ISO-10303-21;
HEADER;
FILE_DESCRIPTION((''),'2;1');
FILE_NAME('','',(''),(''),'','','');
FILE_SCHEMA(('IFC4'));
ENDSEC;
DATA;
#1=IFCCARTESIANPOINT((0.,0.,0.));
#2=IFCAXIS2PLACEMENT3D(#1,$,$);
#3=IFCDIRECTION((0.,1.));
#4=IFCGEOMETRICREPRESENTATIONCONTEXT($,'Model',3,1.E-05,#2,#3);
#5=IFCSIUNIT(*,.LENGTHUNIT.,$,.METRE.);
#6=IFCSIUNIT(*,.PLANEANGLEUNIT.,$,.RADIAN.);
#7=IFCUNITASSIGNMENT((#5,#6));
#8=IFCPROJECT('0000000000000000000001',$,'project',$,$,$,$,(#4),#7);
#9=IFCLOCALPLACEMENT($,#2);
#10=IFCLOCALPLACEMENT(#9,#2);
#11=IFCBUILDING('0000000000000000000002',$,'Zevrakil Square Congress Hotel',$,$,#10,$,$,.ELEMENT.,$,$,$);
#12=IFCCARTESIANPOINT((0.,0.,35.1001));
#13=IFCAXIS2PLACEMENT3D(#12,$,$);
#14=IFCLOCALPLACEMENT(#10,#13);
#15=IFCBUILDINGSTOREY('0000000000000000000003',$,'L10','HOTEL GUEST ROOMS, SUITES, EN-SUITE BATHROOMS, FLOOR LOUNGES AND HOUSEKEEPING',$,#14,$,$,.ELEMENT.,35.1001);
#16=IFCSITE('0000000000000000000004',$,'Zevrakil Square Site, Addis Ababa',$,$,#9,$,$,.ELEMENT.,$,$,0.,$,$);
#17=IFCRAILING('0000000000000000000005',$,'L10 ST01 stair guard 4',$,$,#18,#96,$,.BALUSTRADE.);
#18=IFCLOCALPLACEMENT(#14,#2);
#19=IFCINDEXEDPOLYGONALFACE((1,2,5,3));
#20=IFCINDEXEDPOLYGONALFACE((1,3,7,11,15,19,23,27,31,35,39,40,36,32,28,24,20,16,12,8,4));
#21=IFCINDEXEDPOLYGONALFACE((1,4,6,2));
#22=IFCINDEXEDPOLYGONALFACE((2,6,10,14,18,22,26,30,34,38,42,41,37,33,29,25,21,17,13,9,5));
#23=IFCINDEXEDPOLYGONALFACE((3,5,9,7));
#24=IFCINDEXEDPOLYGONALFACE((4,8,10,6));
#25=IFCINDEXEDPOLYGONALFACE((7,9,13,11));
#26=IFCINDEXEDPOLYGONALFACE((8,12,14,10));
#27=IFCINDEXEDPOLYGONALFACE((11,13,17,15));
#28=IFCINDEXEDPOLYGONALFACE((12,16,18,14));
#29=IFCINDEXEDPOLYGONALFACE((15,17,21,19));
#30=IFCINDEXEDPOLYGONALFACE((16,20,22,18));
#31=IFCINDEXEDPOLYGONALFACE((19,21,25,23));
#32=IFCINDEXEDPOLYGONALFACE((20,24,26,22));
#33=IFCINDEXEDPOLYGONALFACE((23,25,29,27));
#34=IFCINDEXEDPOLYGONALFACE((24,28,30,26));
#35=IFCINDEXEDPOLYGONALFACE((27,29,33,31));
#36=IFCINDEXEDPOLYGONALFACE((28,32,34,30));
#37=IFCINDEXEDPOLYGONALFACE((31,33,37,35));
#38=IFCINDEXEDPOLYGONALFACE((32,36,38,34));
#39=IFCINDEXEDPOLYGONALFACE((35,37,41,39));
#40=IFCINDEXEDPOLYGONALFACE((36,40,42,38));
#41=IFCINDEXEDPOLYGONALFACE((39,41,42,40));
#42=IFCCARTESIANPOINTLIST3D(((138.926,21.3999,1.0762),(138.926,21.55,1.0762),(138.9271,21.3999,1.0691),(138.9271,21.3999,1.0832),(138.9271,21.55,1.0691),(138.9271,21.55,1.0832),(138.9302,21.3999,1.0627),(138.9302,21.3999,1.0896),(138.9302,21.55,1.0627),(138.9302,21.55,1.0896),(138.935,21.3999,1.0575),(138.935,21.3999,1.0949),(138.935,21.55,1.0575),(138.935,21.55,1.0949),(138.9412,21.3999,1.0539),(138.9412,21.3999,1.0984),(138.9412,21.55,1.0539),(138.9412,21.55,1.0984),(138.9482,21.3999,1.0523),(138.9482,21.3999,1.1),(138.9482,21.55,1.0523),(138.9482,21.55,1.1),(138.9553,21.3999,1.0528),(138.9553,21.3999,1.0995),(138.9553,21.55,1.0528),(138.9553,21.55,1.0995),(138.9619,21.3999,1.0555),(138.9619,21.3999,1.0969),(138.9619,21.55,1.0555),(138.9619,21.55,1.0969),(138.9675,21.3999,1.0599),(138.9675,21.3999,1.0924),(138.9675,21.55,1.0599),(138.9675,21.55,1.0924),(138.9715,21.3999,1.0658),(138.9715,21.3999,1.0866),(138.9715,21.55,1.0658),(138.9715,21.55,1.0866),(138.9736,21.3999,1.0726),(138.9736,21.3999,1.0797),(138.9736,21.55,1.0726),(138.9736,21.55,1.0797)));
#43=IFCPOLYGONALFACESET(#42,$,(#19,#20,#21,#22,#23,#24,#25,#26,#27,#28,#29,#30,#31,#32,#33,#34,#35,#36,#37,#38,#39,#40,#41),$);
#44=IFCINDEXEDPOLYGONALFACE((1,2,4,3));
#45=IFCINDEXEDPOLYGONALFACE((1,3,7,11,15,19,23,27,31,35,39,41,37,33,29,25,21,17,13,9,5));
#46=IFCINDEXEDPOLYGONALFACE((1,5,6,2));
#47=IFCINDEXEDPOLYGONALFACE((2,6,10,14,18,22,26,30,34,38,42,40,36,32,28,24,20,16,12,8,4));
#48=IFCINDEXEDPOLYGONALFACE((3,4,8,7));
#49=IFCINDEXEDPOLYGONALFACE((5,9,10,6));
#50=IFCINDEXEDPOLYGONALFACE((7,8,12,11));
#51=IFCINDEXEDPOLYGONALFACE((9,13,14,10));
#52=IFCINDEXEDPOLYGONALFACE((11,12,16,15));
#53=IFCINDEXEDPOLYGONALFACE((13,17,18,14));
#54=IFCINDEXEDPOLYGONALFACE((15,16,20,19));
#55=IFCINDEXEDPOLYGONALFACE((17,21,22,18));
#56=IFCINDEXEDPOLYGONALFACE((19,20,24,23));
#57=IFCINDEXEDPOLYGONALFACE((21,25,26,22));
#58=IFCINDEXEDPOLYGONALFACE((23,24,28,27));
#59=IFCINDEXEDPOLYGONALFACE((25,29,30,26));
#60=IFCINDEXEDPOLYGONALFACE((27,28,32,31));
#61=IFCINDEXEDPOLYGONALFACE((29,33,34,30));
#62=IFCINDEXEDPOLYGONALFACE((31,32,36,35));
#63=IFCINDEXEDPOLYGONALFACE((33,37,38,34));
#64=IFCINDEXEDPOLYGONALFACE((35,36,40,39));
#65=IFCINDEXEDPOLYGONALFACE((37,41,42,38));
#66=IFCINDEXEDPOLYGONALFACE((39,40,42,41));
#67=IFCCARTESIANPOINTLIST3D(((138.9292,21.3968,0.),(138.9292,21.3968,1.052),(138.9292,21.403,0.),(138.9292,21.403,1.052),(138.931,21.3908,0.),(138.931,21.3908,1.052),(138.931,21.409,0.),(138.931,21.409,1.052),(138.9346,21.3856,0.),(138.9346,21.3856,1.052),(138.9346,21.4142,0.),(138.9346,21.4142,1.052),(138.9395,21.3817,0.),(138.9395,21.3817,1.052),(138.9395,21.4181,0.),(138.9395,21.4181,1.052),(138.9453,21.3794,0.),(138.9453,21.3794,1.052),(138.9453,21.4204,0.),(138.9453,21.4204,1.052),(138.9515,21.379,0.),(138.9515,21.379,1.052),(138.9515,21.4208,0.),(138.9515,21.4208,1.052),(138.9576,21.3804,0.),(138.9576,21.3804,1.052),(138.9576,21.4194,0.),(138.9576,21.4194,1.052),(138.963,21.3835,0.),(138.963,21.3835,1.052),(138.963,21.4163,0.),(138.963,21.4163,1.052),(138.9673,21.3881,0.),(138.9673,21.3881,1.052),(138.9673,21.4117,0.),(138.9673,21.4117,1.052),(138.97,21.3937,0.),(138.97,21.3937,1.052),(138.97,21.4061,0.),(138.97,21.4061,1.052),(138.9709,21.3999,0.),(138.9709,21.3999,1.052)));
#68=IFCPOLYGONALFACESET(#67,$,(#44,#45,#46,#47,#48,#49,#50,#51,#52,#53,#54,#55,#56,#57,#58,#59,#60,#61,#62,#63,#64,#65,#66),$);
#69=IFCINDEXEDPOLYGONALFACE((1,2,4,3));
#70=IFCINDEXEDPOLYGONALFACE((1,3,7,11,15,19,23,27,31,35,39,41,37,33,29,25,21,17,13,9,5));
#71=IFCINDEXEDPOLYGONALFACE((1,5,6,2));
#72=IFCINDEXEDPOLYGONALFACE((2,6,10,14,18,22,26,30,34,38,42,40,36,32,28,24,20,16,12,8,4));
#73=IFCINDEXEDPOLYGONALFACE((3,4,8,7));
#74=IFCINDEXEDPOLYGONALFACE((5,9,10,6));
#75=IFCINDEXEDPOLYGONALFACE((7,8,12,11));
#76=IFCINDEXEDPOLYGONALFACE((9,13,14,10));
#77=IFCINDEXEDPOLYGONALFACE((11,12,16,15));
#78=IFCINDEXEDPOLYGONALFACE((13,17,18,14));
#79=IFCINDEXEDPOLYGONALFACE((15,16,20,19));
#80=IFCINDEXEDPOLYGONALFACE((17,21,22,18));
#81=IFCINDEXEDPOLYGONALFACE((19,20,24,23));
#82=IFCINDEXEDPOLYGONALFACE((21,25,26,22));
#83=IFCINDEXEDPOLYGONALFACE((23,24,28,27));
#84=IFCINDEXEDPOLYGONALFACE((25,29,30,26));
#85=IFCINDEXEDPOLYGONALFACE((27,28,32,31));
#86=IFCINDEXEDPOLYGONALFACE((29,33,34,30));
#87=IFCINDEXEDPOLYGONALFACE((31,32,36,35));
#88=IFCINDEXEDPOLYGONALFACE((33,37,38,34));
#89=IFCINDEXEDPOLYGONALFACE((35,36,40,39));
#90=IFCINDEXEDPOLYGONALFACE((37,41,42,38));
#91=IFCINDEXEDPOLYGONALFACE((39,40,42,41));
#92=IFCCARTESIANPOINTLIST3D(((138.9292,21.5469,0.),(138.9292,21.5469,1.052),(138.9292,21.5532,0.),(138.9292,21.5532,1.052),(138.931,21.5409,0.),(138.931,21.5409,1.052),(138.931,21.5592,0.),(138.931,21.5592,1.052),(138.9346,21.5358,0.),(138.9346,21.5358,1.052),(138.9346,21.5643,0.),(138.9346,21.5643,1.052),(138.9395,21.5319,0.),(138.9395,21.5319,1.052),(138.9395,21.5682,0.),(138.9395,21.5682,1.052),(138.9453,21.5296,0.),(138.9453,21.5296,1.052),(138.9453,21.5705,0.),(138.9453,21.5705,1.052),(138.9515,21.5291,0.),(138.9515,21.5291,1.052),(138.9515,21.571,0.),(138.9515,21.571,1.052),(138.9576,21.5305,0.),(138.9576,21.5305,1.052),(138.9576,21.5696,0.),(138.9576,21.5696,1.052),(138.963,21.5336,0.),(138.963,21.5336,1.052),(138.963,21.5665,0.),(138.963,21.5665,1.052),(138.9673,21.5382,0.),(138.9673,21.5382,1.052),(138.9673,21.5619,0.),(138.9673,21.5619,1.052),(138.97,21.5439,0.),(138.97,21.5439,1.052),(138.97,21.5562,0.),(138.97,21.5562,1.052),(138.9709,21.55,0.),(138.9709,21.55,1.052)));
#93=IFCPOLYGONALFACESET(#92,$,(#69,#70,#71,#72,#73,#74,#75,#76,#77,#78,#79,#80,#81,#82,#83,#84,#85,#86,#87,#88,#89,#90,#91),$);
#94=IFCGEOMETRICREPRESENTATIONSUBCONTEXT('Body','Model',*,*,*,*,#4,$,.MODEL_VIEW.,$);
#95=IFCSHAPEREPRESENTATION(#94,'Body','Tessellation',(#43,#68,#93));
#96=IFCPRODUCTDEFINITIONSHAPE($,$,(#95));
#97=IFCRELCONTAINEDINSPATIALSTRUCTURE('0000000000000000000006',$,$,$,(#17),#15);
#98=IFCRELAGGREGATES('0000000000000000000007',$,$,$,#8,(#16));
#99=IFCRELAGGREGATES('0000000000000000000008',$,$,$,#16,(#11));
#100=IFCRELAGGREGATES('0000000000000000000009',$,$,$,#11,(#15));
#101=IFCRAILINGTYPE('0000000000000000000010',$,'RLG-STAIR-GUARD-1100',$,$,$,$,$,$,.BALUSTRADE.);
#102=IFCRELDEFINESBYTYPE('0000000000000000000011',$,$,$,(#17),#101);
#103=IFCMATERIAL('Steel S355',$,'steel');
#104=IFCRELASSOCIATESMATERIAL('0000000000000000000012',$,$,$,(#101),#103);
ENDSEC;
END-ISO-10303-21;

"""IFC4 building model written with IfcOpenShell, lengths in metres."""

from ifc_helpers import new_model, si_unit, direction, frame, origin, origin_2d, place, context, subcontext, project, spatial, circle, extrude, material, type_object, element, save


model = new_model("IFC4")

# Units and contexts
model_context = context("Model", 3, precision=1e-05, world=origin(), true_north=direction((0.0, 1.0)))
body_context = subcontext(model_context, "Body", "Model", "MODEL_VIEW")
ifc_project = project(units=[si_unit("LENGTHUNIT", "METRE"), si_unit("PLANEANGLEUNIT", "RADIAN")], contexts=[model_context])

# Site, building, storey
site_placement = place(None, origin())
site = spatial("IfcSite", under=ifc_project, at=site_placement, Name="Zevrakil Square Site, Addis Ababa", CompositionType="ELEMENT", RefElevation=0.0)
building_placement = place(site_placement, origin())
building = spatial("IfcBuilding", under=site, at=building_placement, Name="Zevrakil Square Congress Hotel", CompositionType="ELEMENT")
storey_placement = place(building_placement, frame((0.0, 0.0, 35.1001)))
storey = spatial("IfcBuildingStorey", under=building, at=storey_placement, Name="L10", Description="HOTEL GUEST ROOMS, SUITES, EN-SUITE BATHROOMS, FLOOR LOUNGES AND HOUSEKEEPING", CompositionType="ELEMENT", Elevation=35.1001)

# Railing
ifc_material_1 = material(Name="Steel S355", Category="steel")
railing_type_1 = type_object("IfcRailingType", Name="RLG-STAIR-GUARD-1100", PredefinedType="BALUSTRADE", material=ifc_material_1)
railing_1_placement = place(storey_placement, frame((138.95, 21.3999, 0.0)))
element("IfcRailing", 1, at=railing_1_placement, inside=storey, type_object=railing_type_1, Name="L10 ST01 stair guard 4", PredefinedType="BALUSTRADE", context=body_context, shape_type="SweptSolid", body=[
    extrude(circle(Radius=0.0239, at=origin_2d()), frame((0.0, 0.0, 1.0762), z_axis=(0.0, 1.0, 0.0), x_axis=(-1.0, 0.0, 0.0)), (0.0, 0.0, 1.0), 0.1501),
    extrude(circle(Radius=0.021, at=origin_2d()), origin(), (0.0, 0.0, 1.0), 1.052),
    extrude(circle(Radius=0.021, at=origin_2d()), frame((0.0, 0.1501, 0.0)), (0.0, 0.0, 1.0), 1.052),
])

save(model, "model.ifc")
